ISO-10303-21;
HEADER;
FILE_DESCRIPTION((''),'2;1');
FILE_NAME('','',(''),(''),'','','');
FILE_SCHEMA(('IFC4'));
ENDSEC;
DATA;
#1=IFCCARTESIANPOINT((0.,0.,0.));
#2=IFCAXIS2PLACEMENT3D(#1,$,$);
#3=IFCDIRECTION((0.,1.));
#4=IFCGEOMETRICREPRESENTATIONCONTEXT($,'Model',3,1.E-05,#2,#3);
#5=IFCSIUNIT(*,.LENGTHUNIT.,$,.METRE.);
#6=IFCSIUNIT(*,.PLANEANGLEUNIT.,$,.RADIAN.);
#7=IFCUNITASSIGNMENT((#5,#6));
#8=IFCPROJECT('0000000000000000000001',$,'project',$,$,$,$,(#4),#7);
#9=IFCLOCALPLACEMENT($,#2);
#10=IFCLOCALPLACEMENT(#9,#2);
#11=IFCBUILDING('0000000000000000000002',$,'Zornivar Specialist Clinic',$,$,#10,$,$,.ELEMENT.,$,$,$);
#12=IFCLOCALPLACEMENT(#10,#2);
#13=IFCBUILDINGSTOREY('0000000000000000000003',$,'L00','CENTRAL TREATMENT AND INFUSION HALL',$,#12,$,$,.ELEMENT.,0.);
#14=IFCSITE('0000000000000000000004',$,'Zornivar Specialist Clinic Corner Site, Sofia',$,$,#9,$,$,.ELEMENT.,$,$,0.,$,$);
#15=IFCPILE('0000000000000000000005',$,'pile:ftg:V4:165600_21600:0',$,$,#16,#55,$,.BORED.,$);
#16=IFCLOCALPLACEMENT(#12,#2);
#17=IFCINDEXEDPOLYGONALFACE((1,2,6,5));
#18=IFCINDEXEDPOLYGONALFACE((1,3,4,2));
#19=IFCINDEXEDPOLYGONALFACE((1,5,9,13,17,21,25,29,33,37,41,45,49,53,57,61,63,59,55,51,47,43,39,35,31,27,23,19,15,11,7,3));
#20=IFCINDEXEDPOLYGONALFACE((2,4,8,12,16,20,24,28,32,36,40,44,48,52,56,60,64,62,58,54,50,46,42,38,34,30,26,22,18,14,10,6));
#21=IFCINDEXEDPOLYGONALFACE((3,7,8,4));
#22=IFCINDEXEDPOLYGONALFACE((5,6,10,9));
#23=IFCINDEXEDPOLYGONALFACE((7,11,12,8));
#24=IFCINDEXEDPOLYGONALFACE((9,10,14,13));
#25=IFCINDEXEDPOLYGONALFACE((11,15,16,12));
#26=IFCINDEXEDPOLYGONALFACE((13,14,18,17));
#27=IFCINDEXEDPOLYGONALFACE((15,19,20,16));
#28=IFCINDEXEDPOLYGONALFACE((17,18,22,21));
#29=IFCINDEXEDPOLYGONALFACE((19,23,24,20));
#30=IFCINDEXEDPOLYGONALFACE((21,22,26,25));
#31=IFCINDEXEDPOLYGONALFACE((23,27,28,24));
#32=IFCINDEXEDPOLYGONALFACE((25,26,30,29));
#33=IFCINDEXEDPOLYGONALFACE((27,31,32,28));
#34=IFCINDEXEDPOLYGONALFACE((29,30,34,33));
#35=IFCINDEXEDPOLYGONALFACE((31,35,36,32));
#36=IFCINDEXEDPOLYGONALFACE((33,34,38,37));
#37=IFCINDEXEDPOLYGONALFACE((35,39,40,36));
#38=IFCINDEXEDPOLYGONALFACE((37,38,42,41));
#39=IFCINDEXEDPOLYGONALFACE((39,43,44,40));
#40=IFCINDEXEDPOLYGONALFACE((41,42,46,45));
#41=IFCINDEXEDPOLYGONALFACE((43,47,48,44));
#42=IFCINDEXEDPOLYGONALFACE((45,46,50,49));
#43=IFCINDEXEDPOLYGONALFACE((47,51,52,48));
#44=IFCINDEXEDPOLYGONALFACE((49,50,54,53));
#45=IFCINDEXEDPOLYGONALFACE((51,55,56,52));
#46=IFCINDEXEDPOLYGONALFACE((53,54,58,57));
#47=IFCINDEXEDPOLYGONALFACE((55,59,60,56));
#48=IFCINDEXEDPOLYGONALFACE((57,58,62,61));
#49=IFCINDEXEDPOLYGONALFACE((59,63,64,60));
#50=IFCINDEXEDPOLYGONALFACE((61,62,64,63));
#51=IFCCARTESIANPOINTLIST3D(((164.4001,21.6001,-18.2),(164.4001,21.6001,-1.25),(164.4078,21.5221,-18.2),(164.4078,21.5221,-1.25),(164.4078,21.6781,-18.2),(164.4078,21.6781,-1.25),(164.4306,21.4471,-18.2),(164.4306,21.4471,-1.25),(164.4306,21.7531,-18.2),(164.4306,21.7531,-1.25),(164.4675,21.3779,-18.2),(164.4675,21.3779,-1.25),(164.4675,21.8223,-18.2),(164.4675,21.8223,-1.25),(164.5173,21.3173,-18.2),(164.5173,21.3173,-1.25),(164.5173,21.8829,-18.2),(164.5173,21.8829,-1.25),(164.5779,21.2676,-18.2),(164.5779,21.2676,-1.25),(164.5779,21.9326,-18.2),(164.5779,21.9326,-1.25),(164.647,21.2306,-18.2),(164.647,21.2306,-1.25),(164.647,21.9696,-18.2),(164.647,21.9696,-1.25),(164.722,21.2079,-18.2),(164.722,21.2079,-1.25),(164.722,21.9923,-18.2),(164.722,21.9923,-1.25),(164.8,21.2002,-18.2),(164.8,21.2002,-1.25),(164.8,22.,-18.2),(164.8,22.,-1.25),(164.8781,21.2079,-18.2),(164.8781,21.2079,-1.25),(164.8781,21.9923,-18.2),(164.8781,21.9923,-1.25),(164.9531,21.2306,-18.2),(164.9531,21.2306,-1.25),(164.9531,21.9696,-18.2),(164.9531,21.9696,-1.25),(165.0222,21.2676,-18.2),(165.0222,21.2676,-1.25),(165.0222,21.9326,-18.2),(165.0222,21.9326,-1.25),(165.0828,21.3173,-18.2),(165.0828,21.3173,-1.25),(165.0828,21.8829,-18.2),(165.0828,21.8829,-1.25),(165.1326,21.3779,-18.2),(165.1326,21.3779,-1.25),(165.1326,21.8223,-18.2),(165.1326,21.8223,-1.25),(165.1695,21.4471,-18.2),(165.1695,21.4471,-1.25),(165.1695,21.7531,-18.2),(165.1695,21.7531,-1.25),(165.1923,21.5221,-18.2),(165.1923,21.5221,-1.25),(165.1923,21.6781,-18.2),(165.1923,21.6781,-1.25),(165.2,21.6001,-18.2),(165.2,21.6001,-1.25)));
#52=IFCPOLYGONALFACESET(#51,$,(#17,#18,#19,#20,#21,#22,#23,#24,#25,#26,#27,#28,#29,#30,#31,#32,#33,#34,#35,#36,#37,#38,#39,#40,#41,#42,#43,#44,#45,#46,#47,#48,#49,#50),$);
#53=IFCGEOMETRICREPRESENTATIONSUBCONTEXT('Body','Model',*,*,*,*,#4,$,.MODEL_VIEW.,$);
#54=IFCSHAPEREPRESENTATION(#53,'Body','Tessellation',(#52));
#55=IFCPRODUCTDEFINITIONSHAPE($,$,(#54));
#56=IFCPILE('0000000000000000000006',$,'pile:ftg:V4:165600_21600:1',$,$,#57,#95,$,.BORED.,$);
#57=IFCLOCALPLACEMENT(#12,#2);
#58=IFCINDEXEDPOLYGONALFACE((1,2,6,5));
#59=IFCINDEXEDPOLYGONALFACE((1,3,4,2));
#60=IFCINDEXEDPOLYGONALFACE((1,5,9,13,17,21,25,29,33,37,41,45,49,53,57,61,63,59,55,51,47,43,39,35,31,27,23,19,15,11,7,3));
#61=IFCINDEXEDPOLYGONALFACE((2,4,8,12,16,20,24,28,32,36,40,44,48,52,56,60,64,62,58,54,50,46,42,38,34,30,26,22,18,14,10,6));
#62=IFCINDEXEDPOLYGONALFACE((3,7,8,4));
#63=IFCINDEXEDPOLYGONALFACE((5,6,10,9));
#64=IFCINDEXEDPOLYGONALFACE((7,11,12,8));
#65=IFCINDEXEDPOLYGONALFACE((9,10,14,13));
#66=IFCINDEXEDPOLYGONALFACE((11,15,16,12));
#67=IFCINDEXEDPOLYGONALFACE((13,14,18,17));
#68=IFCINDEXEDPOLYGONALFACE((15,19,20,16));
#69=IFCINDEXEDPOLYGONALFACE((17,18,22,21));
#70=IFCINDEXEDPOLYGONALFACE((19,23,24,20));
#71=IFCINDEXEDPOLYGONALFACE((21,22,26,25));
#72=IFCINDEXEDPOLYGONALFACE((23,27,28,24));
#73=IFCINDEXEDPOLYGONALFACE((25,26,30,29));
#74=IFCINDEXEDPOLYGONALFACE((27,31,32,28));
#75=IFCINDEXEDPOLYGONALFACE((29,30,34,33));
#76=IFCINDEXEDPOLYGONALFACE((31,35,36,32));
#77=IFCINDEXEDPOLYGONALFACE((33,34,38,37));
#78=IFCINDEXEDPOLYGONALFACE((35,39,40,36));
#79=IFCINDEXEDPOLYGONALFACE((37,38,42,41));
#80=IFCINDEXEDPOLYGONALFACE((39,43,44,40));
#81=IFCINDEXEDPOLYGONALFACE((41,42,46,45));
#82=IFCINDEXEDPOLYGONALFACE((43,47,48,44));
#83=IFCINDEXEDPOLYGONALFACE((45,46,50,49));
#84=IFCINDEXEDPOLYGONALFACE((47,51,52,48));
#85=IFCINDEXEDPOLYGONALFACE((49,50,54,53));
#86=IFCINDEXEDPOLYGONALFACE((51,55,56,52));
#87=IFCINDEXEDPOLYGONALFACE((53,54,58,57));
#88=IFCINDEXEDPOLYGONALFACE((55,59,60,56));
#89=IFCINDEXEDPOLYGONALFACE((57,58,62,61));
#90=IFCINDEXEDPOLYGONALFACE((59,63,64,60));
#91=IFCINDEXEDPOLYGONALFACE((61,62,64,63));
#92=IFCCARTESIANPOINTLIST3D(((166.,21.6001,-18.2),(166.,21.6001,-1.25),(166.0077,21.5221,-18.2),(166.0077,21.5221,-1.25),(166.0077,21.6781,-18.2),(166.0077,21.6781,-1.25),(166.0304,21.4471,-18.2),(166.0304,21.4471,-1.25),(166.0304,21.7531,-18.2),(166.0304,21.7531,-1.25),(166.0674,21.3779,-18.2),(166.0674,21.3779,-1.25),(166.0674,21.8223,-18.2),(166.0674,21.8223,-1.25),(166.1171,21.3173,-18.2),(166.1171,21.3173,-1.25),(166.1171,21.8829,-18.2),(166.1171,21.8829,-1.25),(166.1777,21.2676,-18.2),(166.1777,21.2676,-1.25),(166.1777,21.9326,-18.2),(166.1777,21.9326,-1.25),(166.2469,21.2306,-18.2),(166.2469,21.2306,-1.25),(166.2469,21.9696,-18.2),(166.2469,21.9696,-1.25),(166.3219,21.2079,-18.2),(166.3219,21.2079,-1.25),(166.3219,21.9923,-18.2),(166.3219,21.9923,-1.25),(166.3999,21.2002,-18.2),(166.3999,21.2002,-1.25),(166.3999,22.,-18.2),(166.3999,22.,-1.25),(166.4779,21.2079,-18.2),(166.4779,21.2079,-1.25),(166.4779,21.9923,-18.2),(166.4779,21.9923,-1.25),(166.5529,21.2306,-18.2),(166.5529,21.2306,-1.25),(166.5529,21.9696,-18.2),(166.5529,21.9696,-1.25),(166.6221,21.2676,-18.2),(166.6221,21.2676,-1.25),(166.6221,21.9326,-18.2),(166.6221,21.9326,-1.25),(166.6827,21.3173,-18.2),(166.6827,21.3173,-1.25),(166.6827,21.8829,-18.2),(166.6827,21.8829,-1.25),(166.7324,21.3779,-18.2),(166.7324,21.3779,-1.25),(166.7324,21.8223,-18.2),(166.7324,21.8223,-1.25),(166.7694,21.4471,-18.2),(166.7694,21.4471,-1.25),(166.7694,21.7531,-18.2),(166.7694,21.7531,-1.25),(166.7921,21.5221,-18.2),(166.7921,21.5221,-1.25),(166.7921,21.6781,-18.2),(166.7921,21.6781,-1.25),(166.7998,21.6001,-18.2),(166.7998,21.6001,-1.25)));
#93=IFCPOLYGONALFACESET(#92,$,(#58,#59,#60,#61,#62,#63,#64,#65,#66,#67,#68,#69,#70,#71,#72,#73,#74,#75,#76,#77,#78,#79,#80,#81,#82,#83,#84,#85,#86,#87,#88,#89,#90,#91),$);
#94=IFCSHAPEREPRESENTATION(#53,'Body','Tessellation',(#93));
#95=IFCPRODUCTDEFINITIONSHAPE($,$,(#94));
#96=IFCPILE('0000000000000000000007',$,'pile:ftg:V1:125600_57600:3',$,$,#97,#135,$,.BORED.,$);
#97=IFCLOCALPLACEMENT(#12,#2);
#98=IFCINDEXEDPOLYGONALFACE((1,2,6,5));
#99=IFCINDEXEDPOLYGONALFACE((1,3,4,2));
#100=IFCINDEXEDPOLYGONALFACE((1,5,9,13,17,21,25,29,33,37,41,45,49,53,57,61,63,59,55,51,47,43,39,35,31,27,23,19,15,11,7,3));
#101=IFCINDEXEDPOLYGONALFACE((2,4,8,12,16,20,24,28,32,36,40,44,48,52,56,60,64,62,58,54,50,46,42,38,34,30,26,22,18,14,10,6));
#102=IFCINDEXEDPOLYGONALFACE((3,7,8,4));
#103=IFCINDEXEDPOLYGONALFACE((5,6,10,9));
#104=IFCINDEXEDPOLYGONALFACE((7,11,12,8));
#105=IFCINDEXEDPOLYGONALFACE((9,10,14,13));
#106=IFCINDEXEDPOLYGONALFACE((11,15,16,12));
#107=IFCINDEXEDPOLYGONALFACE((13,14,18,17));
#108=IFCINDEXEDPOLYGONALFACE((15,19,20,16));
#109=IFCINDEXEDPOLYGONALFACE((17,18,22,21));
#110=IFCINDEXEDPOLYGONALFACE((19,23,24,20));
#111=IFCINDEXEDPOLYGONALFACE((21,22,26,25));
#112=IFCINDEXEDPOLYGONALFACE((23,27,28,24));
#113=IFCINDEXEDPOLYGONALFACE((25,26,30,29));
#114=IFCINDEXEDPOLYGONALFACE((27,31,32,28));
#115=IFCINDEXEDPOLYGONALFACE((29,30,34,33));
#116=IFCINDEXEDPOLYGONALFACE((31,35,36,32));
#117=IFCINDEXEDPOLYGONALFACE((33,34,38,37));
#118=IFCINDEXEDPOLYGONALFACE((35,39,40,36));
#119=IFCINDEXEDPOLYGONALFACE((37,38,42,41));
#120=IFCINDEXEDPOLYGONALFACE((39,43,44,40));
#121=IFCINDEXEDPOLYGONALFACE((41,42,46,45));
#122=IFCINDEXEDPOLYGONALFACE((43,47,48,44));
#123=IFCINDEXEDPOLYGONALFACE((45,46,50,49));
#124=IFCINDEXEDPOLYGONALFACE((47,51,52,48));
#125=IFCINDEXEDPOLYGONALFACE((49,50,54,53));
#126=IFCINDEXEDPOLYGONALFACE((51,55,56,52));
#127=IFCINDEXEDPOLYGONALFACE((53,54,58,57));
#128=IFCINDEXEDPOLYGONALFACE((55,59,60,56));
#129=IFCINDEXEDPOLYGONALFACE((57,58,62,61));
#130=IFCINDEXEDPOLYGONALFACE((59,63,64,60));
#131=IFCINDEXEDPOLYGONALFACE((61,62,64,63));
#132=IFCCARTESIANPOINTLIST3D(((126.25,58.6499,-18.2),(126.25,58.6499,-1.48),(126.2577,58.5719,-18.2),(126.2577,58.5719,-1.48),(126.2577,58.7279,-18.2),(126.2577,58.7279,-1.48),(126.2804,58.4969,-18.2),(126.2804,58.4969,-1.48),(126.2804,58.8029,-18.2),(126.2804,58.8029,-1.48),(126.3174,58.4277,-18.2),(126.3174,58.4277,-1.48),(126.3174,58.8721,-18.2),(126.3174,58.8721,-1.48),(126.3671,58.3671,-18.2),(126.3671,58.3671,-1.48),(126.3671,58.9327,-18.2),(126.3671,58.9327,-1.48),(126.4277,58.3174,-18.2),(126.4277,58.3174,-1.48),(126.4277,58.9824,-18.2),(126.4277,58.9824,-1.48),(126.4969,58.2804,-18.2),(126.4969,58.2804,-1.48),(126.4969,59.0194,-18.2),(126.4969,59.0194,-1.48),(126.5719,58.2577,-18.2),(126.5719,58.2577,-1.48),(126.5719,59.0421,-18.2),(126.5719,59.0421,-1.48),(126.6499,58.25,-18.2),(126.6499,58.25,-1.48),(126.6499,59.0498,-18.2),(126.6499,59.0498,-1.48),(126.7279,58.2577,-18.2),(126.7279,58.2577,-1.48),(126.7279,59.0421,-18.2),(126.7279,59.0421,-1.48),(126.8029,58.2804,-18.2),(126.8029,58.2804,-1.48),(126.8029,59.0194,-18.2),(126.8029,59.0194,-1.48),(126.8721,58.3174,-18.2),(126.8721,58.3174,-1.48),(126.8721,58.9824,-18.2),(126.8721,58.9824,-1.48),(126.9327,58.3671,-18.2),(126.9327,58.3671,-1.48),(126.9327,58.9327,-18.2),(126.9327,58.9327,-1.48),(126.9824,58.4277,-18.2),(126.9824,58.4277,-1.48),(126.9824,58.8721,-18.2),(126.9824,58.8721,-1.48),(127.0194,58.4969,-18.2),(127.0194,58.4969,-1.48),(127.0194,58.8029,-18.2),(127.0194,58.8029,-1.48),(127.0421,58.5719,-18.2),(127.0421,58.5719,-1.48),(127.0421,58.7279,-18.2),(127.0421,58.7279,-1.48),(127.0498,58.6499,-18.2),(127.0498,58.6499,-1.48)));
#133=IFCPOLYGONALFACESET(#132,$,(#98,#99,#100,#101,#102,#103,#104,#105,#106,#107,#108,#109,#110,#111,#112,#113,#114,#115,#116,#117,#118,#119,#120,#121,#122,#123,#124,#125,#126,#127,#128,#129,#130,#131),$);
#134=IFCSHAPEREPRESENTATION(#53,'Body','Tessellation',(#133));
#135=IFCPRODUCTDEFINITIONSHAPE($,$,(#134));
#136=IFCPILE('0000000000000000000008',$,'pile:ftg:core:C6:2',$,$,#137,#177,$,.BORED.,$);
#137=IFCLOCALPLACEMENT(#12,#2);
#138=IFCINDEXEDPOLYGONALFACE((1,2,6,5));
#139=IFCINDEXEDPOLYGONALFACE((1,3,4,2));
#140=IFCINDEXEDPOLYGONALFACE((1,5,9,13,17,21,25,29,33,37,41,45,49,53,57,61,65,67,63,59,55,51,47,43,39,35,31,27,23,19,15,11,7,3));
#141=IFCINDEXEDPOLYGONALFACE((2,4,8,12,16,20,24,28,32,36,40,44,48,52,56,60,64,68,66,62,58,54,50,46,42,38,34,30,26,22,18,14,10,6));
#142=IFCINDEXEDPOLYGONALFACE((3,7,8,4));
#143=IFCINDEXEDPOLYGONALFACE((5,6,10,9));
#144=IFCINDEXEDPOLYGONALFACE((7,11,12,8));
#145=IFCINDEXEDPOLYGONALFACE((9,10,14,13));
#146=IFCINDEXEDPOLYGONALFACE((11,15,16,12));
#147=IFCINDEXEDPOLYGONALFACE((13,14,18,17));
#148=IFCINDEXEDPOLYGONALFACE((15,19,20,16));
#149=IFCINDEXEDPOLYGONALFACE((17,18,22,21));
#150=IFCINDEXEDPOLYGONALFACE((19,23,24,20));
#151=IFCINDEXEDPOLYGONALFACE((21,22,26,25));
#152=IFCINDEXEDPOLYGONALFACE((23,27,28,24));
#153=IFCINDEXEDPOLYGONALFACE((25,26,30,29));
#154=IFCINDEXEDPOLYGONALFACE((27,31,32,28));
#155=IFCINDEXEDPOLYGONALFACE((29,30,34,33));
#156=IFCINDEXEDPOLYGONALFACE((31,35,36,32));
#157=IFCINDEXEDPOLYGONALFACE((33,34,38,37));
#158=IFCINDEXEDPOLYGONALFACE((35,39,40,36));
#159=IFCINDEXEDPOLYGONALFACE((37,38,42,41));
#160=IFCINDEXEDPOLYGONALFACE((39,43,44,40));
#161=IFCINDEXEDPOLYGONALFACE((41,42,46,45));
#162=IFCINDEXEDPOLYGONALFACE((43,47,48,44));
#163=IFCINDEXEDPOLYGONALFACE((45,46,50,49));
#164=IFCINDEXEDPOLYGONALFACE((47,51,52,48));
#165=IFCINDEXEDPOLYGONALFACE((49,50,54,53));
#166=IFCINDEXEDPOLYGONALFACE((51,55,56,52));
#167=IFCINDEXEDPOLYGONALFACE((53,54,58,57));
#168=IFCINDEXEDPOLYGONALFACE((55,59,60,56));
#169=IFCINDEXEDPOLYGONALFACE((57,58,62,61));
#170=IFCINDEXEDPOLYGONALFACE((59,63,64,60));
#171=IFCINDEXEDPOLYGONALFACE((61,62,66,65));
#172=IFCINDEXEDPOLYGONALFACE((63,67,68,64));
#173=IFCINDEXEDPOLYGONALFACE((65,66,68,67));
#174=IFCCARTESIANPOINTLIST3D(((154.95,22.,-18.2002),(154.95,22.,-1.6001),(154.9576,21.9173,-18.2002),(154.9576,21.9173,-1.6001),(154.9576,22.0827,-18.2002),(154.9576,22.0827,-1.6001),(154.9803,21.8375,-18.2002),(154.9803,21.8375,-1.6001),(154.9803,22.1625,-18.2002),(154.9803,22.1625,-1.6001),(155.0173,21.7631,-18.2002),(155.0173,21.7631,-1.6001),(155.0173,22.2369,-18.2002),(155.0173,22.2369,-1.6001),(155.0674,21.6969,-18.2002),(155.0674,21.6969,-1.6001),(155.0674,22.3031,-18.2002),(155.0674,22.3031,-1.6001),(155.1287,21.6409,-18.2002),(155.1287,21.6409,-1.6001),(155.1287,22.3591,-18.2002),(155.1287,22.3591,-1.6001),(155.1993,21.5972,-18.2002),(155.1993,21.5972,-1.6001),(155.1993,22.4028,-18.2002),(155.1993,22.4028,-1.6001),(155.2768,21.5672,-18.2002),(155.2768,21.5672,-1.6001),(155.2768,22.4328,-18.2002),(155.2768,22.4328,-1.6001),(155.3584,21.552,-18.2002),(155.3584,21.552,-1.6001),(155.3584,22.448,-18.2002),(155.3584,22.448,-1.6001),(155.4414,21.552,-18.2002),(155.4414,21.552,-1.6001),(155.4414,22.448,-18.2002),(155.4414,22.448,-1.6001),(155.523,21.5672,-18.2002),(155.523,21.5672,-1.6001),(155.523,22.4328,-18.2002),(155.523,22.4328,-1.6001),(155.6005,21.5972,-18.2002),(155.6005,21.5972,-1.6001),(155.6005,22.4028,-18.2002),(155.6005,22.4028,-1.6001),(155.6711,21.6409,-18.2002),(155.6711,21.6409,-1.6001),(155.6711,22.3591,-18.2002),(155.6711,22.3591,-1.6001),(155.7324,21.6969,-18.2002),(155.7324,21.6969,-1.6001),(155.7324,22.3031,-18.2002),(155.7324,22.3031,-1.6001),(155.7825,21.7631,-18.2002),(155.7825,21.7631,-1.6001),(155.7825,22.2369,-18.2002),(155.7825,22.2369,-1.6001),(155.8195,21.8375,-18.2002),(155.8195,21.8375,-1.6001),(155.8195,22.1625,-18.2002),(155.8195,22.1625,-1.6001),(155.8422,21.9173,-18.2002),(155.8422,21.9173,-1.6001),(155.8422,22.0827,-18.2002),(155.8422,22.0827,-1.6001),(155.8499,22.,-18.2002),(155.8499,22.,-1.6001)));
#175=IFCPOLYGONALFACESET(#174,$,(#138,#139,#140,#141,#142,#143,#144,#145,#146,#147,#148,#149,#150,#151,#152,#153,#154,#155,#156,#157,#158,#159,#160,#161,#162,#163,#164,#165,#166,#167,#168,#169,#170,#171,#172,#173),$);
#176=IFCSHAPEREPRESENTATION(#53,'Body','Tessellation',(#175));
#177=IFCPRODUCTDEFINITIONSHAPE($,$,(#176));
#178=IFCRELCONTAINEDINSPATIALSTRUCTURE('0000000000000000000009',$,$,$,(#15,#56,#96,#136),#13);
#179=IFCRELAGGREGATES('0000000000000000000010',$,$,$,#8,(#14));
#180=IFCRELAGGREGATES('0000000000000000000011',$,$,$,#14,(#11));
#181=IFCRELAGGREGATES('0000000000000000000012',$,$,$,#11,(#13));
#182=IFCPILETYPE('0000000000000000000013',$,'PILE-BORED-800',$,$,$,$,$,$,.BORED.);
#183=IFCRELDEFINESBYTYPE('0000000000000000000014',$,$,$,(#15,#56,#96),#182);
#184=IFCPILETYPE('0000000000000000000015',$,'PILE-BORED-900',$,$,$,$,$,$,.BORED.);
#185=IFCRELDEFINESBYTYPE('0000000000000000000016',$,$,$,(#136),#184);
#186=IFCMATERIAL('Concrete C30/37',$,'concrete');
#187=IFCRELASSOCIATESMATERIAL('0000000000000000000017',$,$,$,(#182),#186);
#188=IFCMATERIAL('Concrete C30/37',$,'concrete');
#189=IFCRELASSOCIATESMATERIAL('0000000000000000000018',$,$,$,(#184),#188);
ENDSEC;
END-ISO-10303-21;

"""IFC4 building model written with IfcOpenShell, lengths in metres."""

from ifc_helpers import new_model, si_unit, direction, frame, origin, origin_2d, place, context, subcontext, project, spatial, circle, extrude, material, material_profile, profile_set, type_object, element, save


model = new_model("IFC4")

# Units and contexts
model_context = context("Model", 3, precision=1e-05, world=origin(), true_north=direction((0.0, 1.0)))
body_context = subcontext(model_context, "Body", "Model", "MODEL_VIEW")
ifc_project = project(units=[si_unit("LENGTHUNIT", "METRE"), si_unit("PLANEANGLEUNIT", "RADIAN")], contexts=[model_context])

# Site, building, storey
site_placement = place(None, origin())
site = spatial("IfcSite", under=ifc_project, at=site_placement, Name="Zornivar Specialist Clinic Corner Site, Sofia", CompositionType="ELEMENT", RefElevation=0.0)
building_placement = place(site_placement, origin())
building = spatial("IfcBuilding", under=site, at=building_placement, Name="Zornivar Specialist Clinic", CompositionType="ELEMENT")
storey_placement = place(building_placement, origin())
storey = spatial("IfcBuildingStorey", under=building, at=storey_placement, Name="L00", Description="CENTRAL TREATMENT AND INFUSION HALL", CompositionType="ELEMENT", Elevation=0.0)

# Piles
ifc_material_1 = material(Name="Concrete C30/37", Category="concrete")
ifc_material_profile_1 = material_profile(ifc_material_1, circle(Radius=0.3999, at=origin_2d()), Name="PILE D800")
ifc_profile_set_1 = profile_set([ifc_material_profile_1], Name="Concrete C30/37")
pile_type_1 = type_object("IfcPileType", Name="PILE-BORED-800", PredefinedType="BORED", material=ifc_profile_set_1)
for number, where, z_axis, x_axis, name in (
    (1, (164.8, 21.6001, -1.25), (0.0, 0.0, -1.0), (1.0, 0.0, 0.0), "pile:ftg:V4:165600_21600:0"),
    (2, (166.3999, 21.6001, -1.25), (0.0, 0.0, -1.0), (1.0, 0.0, 0.0), "pile:ftg:V4:165600_21600:1"),
):
    element("IfcPile", number, at=place(storey_placement, frame(where, z_axis=z_axis, x_axis=x_axis)), inside=storey, type_object=pile_type_1, Name=name, PredefinedType="BORED", context=body_context, shape_type="SweptSolid", body=[
        extrude(circle(Radius=0.3999, at=origin_2d()), origin(), (0.0, 0.0, 1.0), 16.95),
    ])
pile_placement = place(storey_placement, frame((126.6499, 58.6499, -1.48), z_axis=(0.0, 0.0, -1.0), x_axis=(1.0, 0.0, 0.0)))
element("IfcPile", 3, at=pile_placement, inside=storey, type_object=pile_type_1, Name="pile:ftg:V1:125600_57600:3", PredefinedType="BORED", context=body_context, shape_type="SweptSolid", body=[
    extrude(circle(Radius=0.3999, at=origin_2d()), origin(), (0.0, 0.0, 1.0), 16.72),
])
ifc_material_2 = material(Name="Concrete C30/37", Category="concrete")
ifc_material_profile_2 = material_profile(ifc_material_2, circle(Radius=0.45, at=origin_2d()), Name="PILE D900")
ifc_profile_set_2 = profile_set([ifc_material_profile_2], Name="Concrete C30/37")
pile_type_2 = type_object("IfcPileType", Name="PILE-BORED-900", PredefinedType="BORED", material=ifc_profile_set_2)
for number, where, z_axis, x_axis, name in (
    (4, (155.3999, 22.0, -1.6001), (0.0, 0.0, -1.0), (1.0, 0.0, 0.0), "pile:ftg:core:C6:2"),
):
    element("IfcPile", number, at=place(storey_placement, frame(where, z_axis=z_axis, x_axis=x_axis)), inside=storey, type_object=pile_type_2, Name=name, PredefinedType="BORED", context=body_context, shape_type="SweptSolid", body=[
        extrude(circle(Radius=0.45, at=origin_2d()), origin(), (0.0, 0.0, 1.0), 16.6001),
    ])

save(model, "model.ifc")
